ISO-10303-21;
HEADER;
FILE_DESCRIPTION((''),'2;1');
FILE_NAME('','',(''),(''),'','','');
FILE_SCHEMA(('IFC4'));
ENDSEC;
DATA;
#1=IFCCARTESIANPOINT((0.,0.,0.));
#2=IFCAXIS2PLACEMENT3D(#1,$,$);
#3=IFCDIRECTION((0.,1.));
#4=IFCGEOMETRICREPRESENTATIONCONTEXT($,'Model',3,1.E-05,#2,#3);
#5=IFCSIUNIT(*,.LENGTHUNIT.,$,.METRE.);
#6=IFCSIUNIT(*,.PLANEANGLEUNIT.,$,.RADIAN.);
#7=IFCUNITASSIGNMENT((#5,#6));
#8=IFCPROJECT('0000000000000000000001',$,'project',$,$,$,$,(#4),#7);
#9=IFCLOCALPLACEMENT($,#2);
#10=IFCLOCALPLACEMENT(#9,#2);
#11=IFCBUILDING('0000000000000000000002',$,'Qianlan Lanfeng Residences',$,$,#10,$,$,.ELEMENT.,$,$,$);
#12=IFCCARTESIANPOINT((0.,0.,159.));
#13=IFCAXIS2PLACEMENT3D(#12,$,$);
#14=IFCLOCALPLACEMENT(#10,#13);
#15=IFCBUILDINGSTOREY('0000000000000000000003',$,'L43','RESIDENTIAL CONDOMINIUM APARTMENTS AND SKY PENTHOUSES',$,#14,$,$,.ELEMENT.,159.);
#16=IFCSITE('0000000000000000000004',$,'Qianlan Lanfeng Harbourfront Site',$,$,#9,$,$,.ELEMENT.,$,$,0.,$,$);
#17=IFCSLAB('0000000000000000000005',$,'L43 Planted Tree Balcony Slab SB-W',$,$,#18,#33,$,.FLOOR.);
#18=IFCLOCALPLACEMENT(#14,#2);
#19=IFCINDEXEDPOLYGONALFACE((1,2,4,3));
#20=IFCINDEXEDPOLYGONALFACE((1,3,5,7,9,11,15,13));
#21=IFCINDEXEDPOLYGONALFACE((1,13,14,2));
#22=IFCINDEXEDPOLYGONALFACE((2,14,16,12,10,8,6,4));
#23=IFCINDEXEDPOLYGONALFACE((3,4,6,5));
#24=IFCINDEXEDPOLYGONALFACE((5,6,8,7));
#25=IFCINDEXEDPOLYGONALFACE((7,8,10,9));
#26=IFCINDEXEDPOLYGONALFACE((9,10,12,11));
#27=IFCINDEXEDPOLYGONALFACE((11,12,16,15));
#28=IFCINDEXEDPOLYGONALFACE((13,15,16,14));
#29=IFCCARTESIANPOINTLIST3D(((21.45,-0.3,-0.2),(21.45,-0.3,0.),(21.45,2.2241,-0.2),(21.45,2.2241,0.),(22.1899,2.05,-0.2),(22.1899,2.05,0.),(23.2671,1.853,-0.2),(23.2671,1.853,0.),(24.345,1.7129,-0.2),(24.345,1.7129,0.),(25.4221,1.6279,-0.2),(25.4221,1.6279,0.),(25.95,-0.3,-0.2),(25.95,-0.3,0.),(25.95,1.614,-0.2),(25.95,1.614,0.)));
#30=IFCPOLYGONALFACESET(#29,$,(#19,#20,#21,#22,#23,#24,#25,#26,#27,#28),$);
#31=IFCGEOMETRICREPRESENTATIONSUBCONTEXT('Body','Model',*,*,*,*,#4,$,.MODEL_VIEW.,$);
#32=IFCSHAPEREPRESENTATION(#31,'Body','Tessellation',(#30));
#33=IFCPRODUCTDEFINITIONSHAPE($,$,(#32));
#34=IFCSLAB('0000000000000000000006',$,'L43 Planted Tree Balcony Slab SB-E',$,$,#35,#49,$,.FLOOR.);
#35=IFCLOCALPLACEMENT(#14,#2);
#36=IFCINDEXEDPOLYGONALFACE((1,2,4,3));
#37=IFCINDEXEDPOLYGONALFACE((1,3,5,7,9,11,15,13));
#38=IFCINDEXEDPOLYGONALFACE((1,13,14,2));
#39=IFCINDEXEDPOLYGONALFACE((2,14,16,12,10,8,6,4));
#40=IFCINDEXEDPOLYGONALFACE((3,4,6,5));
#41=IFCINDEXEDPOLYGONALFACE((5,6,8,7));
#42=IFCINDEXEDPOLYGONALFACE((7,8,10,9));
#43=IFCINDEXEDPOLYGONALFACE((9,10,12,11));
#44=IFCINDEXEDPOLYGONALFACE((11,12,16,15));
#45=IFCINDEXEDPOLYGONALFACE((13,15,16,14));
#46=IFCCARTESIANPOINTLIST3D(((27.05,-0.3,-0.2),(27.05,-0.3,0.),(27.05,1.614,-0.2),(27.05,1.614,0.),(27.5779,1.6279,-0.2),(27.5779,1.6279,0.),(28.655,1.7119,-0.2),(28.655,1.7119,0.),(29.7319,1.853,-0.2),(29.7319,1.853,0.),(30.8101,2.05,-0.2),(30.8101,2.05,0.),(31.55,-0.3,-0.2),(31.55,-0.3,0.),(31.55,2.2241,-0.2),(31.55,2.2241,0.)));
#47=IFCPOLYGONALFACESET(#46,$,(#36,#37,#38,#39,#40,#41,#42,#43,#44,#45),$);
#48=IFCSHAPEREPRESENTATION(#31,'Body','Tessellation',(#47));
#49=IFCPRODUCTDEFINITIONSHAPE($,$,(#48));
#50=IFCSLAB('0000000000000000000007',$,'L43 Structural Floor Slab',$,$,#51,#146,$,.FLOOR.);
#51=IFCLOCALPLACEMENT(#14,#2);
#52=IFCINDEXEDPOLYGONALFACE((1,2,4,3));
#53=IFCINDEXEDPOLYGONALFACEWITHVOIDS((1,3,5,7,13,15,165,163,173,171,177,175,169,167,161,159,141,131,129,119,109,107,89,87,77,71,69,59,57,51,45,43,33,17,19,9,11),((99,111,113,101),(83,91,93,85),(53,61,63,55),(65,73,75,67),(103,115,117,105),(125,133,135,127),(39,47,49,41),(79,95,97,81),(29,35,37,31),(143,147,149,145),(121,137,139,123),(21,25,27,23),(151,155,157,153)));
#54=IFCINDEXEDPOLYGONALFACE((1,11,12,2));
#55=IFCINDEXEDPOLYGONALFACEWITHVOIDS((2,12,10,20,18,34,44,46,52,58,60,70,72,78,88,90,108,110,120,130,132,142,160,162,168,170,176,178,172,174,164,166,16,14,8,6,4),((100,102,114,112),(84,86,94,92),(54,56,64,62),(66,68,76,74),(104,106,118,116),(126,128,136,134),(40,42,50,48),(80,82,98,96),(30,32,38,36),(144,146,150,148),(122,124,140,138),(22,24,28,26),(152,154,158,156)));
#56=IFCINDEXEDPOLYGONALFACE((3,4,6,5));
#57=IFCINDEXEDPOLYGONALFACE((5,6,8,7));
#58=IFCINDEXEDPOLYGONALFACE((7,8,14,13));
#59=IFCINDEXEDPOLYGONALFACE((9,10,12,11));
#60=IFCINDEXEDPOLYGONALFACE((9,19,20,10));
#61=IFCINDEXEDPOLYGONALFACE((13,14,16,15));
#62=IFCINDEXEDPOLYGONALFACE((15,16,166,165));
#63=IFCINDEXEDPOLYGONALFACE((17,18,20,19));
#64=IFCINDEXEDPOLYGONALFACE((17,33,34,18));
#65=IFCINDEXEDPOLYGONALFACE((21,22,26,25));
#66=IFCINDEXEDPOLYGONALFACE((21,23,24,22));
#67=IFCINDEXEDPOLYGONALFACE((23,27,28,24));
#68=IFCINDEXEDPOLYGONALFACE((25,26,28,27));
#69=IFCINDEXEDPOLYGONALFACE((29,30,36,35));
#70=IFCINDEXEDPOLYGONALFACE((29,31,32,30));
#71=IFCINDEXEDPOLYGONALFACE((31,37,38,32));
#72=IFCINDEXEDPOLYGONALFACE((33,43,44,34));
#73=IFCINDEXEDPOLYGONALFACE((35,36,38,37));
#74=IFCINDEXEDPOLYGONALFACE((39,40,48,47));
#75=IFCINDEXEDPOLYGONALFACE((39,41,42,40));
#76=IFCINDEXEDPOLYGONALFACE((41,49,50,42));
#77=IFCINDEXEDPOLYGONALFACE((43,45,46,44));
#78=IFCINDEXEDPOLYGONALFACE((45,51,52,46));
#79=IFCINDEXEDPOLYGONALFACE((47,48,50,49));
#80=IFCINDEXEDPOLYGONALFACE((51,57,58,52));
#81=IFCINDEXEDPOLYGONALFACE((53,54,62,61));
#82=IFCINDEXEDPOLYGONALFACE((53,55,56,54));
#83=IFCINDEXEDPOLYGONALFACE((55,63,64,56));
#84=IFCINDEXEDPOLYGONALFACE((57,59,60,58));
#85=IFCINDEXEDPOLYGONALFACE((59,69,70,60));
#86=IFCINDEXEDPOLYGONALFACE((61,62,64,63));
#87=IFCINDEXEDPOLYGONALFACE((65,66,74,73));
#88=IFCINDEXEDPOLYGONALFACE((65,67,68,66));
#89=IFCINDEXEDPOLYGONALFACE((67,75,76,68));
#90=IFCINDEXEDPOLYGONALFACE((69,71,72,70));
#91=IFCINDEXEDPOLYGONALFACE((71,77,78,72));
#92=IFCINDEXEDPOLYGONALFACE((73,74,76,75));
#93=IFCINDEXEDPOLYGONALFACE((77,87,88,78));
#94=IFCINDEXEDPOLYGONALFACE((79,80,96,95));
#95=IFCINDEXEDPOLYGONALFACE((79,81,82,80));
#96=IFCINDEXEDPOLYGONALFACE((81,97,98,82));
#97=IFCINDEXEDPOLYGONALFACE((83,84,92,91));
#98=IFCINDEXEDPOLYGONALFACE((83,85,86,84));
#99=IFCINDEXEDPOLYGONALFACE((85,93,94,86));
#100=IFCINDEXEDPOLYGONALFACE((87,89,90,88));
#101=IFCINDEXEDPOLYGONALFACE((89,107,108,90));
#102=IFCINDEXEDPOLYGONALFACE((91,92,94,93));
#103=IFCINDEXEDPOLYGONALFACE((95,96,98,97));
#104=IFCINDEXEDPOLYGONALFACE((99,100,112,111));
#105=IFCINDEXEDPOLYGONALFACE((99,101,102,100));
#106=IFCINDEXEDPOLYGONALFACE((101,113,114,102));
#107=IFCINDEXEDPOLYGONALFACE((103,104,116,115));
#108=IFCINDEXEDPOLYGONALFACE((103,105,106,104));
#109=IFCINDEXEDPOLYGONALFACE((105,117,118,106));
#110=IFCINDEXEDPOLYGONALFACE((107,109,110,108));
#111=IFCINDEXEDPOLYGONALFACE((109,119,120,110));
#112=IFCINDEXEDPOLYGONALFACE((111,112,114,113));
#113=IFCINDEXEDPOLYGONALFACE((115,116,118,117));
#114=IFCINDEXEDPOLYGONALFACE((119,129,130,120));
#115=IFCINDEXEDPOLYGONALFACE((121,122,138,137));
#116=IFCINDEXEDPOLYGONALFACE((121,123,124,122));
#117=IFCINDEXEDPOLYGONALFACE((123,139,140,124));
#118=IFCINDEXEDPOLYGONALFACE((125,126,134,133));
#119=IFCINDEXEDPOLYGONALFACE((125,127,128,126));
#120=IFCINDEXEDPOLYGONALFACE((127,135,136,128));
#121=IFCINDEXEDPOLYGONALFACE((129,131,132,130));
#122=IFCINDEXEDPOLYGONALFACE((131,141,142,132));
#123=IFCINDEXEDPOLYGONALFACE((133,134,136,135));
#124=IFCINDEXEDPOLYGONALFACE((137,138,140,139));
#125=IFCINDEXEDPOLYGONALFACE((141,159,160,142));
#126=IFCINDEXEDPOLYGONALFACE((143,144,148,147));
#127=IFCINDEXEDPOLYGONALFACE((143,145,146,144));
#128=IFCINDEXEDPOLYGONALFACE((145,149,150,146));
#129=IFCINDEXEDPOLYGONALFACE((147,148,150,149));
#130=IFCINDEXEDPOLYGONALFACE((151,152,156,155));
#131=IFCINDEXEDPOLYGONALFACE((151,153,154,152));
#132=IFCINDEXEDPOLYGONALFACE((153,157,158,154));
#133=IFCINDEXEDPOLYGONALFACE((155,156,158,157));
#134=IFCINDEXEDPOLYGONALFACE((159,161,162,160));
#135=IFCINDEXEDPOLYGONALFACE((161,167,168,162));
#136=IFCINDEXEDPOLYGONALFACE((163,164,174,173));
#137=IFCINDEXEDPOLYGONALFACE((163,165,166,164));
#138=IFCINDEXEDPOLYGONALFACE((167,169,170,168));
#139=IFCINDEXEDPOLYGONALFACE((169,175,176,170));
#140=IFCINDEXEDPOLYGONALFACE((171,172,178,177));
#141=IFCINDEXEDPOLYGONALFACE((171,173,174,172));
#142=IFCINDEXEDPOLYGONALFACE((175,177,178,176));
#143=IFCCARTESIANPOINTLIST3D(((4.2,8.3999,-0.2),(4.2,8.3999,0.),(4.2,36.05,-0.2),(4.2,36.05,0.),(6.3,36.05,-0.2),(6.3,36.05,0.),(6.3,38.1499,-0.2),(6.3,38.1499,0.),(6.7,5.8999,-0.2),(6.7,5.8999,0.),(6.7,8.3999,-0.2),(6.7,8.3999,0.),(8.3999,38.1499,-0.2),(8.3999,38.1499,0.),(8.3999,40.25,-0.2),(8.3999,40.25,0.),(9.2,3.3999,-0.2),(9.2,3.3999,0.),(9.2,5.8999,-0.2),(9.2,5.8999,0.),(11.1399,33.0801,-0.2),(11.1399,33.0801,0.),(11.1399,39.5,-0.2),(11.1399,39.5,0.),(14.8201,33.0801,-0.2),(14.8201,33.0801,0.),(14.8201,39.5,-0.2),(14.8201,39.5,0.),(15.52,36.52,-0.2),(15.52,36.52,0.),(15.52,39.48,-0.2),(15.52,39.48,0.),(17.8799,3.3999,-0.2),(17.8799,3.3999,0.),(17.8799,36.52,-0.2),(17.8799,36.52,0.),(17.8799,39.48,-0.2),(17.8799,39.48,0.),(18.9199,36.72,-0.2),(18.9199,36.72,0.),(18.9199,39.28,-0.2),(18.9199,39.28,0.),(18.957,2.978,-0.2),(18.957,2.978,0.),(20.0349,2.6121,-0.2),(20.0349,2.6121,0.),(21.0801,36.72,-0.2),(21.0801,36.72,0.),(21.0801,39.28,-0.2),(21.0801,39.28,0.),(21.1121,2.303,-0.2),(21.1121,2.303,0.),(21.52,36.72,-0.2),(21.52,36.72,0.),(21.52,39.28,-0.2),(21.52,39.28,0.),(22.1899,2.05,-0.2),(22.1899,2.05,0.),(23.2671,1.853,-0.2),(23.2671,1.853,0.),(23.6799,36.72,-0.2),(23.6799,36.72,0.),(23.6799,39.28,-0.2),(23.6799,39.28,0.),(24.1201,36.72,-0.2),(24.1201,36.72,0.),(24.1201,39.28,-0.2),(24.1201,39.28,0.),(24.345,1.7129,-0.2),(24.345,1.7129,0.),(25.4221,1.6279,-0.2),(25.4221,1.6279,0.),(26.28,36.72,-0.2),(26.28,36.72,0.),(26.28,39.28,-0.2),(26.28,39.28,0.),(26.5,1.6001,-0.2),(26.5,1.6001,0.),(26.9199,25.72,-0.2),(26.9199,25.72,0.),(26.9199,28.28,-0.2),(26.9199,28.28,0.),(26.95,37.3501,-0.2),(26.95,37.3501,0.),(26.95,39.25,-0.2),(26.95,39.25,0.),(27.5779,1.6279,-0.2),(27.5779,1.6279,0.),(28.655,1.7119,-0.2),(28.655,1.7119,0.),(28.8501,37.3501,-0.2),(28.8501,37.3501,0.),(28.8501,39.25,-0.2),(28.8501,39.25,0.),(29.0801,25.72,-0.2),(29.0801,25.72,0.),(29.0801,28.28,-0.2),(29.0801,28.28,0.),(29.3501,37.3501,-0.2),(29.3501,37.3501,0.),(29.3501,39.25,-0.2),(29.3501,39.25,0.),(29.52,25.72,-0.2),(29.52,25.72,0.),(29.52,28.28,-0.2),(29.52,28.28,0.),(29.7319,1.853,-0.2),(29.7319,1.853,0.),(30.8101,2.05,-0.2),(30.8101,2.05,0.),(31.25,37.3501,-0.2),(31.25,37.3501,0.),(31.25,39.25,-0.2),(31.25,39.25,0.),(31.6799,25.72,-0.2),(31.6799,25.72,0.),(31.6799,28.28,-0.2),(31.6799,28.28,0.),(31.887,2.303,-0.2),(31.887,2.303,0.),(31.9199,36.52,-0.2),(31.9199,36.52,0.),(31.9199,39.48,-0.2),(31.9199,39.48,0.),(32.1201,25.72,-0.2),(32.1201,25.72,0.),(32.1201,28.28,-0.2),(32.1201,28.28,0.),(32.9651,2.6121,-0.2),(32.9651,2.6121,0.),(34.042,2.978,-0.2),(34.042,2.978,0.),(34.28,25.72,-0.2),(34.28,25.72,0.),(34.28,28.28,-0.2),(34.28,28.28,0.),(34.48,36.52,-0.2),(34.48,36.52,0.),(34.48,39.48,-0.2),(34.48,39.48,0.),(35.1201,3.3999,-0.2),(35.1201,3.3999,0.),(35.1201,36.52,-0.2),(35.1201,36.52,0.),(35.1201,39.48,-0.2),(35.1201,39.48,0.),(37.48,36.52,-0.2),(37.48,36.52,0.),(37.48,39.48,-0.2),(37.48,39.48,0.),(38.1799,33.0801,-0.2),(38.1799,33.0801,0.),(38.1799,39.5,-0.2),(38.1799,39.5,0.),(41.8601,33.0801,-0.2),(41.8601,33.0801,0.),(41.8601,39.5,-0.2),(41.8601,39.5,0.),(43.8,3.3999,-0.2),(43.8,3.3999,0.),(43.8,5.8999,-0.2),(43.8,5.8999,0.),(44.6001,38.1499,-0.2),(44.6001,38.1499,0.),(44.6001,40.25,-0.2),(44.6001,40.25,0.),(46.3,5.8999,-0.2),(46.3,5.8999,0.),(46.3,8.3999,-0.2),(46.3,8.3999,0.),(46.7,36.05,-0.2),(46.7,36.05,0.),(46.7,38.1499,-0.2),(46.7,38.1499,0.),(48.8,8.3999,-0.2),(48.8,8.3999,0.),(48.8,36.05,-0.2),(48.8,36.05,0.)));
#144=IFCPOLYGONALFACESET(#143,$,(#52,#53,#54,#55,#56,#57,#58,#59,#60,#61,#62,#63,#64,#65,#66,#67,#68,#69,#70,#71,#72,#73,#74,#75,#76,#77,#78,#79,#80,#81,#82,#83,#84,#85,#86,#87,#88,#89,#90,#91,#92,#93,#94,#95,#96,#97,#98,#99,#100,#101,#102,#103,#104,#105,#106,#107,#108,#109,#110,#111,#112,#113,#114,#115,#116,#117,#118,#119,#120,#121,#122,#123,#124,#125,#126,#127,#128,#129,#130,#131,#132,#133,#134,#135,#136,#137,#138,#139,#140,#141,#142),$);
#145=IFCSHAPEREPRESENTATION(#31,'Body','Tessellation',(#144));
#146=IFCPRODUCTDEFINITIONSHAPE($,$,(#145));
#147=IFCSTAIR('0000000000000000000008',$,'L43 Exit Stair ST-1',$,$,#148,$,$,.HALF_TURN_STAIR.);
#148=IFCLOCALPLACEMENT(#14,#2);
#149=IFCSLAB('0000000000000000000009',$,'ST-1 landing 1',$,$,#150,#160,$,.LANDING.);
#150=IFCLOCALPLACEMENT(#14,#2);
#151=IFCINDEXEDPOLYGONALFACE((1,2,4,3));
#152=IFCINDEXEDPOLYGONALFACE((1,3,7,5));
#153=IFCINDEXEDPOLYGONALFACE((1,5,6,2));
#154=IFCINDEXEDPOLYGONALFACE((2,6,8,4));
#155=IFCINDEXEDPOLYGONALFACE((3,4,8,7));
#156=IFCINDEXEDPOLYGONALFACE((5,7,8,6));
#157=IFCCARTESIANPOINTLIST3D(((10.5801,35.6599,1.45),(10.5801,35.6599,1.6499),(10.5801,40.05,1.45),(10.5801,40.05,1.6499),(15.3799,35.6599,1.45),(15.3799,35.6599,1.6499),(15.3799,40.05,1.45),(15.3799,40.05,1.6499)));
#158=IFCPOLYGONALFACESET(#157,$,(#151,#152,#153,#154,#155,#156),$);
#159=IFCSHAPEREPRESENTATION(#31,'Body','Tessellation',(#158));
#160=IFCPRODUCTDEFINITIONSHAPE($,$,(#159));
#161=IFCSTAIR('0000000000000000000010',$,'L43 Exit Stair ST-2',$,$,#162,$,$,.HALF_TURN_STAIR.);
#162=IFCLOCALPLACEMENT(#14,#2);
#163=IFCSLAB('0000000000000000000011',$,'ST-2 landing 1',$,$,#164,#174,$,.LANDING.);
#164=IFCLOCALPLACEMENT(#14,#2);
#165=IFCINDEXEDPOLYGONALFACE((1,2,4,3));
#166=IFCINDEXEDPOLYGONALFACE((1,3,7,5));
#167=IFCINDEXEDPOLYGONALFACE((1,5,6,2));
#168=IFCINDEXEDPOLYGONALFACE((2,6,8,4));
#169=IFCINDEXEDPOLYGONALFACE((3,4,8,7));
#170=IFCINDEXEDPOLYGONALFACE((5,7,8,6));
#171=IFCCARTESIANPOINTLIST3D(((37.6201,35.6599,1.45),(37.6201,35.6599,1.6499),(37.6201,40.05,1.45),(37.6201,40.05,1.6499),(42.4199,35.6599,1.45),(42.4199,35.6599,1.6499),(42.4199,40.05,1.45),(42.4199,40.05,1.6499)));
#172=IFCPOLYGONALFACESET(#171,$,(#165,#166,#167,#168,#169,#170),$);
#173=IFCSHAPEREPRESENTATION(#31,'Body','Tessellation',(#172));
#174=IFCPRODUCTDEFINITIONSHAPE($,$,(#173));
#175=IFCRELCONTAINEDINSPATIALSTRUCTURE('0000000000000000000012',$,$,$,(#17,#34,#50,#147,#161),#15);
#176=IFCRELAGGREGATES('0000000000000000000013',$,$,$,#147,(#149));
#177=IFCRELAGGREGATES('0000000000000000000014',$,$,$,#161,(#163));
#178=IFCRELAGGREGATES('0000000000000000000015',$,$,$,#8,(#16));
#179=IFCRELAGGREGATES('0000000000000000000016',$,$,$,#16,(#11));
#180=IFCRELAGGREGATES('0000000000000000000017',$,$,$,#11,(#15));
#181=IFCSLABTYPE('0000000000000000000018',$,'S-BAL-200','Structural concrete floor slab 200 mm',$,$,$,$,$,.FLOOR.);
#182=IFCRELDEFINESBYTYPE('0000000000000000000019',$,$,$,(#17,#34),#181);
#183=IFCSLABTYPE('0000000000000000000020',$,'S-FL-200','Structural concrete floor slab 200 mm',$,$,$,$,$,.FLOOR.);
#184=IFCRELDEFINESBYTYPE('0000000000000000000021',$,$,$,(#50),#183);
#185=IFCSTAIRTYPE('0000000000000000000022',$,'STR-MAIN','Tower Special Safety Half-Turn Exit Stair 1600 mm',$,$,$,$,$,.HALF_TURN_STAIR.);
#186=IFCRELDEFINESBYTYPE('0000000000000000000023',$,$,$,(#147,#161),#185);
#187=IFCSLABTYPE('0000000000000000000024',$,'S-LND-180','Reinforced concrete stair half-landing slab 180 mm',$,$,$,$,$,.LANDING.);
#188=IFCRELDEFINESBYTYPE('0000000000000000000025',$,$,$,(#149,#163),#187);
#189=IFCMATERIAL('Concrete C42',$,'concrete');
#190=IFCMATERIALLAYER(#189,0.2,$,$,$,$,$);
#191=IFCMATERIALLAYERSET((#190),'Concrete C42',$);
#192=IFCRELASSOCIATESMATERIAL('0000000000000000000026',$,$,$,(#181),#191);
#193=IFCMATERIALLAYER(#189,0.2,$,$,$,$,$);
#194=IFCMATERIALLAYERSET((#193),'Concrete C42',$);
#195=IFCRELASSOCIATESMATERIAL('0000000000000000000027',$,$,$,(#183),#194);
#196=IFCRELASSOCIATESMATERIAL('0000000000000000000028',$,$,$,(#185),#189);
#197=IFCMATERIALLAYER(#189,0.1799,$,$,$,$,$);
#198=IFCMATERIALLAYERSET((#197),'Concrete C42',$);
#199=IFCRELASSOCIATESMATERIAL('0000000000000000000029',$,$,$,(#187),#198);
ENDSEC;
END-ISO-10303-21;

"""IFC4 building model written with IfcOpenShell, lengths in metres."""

from ifc_helpers import new_model, si_unit, direction, frame, origin, place, context, subcontext, project, spatial, polyline, outline, extrude, material, layer, layer_set, type_object, element, aggregate, save


model = new_model("IFC4")

# Units and contexts
model_context = context("Model", 3, precision=1e-05, world=origin(), true_north=direction((0.0, 1.0)))
body_context = subcontext(model_context, "Body", "Model", "MODEL_VIEW")
ifc_project = project(units=[si_unit("LENGTHUNIT", "METRE"), si_unit("PLANEANGLEUNIT", "RADIAN")], contexts=[model_context])

# Site, building, storey
site_placement = place(None, origin())
site = spatial("IfcSite", under=ifc_project, at=site_placement, Name="Qianlan Lanfeng Harbourfront Site", CompositionType="ELEMENT", RefElevation=0.0)
building_placement = place(site_placement, origin())
building = spatial("IfcBuilding", under=site, at=building_placement, Name="Qianlan Lanfeng Residences", CompositionType="ELEMENT")
storey_placement = place(building_placement, frame((0.0, 0.0, 159.0)))
storey = spatial("IfcBuildingStorey", under=building, at=storey_placement, Name="L43", Description="RESIDENTIAL CONDOMINIUM APARTMENTS AND SKY PENTHOUSES", CompositionType="ELEMENT", Elevation=159.0)

# Slabs
ifc_material_1 = material(Name="Concrete C42", Category="concrete")
ifc_layer_1 = layer(ifc_material_1, 0.2)
ifc_layer_set_1 = layer_set([ifc_layer_1], Name="Concrete C42")
slab_type_1 = type_object("IfcSlabType", Name="S-BAL-200", Description="Structural concrete floor slab 200 mm", PredefinedType="FLOOR", material=ifc_layer_set_1)
slab_1_placement = place(storey_placement, frame((0.0, 0.0, -0.2)))
element("IfcSlab", 1, at=slab_1_placement, inside=storey, type_object=slab_type_1, Name="L43 Planted Tree Balcony Slab SB-W", PredefinedType="FLOOR", context=body_context, shape_type="SweptSolid", body=[
    extrude(outline(polyline([(25.95, 1.614), (25.4221, 1.6279), (24.345, 1.7129), (23.2671, 1.853), (22.1899, 2.05), (21.45, 2.2241), (21.45, -0.3), (25.95, -0.3), (25.95, 1.614)])), origin(), (0.0, 0.0, 1.0), 0.2),
])
slab_2_placement = place(storey_placement, frame((0.0, 0.0, -0.2)))
element("IfcSlab", 2, at=slab_2_placement, inside=storey, type_object=slab_type_1, Name="L43 Planted Tree Balcony Slab SB-E", PredefinedType="FLOOR", context=body_context, shape_type="SweptSolid", body=[
    extrude(outline(polyline([(31.55, 2.2241), (30.8101, 2.05), (29.7319, 1.853), (28.655, 1.7119), (27.5779, 1.6279), (27.05, 1.614), (27.05, -0.3), (31.55, -0.3), (31.55, 2.2241)])), origin(), (0.0, 0.0, 1.0), 0.2),
])
ifc_layer_2 = layer(ifc_material_1, 0.2)
ifc_layer_set_2 = layer_set([ifc_layer_2], Name="Concrete C42")
slab_type_2 = type_object("IfcSlabType", Name="S-FL-200", Description="Structural concrete floor slab 200 mm", PredefinedType="FLOOR", material=ifc_layer_set_2)
slab_3_placement = place(storey_placement, frame((0.0, 0.0, -0.2)))
element("IfcSlab", 3, at=slab_3_placement, inside=storey, type_object=slab_type_2, Name="L43 Structural Floor Slab", PredefinedType="FLOOR", context=body_context, shape_type="SweptSolid", body=[
    extrude(outline(polyline([(4.2, 8.3999), (6.7, 8.3999), (6.7, 5.8999), (9.2, 5.8999), (9.2, 3.3999), (17.8799, 3.3999), (18.957, 2.978), (20.0349, 2.6121), (21.1121, 2.303), (22.1899, 2.05), (23.2671, 1.853), (24.345, 1.7129), (25.4221, 1.6279), (26.5, 1.6001), (27.5779, 1.6279), (28.655, 1.7119), (29.7319, 1.853), (30.8101, 2.05), (31.887, 2.303), (32.9651, 2.6121), (34.042, 2.978), (35.1201, 3.3999), (43.8, 3.3999), (43.8, 5.8999), (46.3, 5.8999), (46.3, 8.3999), (48.8, 8.3999), (48.8, 36.05), (46.7, 36.05), (46.7, 38.1499), (44.6001, 38.1499), (44.6001, 40.25), (8.3999, 40.25), (8.3999, 38.1499), (6.3, 38.1499), (6.3, 36.05), (4.2, 36.05), (4.2, 8.3999)]), holes=[polyline([(11.1399, 33.0801), (11.1399, 39.5), (14.8201, 39.5), (14.8201, 33.0801), (11.1399, 33.0801)]), polyline([(38.1799, 33.0801), (38.1799, 39.5), (41.8601, 39.5), (41.8601, 33.0801), (38.1799, 33.0801)]), polyline([(15.52, 36.52), (15.52, 39.48), (17.8799, 39.48), (17.8799, 36.52), (15.52, 36.52)]), polyline([(35.1201, 36.52), (35.1201, 39.48), (37.48, 39.48), (37.48, 36.52), (35.1201, 36.52)]), polyline([(31.9199, 36.52), (31.9199, 39.48), (34.48, 39.48), (34.48, 36.52), (31.9199, 36.52)]), polyline([(26.9199, 25.72), (26.9199, 28.28), (29.0801, 28.28), (29.0801, 25.72), (26.9199, 25.72)]), polyline([(29.52, 25.72), (29.52, 28.28), (31.6799, 28.28), (31.6799, 25.72), (29.52, 25.72)]), polyline([(32.1201, 25.72), (32.1201, 28.28), (34.28, 28.28), (34.28, 25.72), (32.1201, 25.72)]), polyline([(18.9199, 36.72), (18.9199, 39.28), (21.0801, 39.28), (21.0801, 36.72), (18.9199, 36.72)]), polyline([(21.52, 36.72), (21.52, 39.28), (23.6799, 39.28), (23.6799, 36.72), (21.52, 36.72)]), polyline([(24.1201, 36.72), (24.1201, 39.28), (26.28, 39.28), (26.28, 36.72), (24.1201, 36.72)]), polyline([(26.95, 37.3501), (26.95, 39.25), (28.8501, 39.25), (28.8501, 37.3501), (26.95, 37.3501)]), polyline([(29.3501, 37.3501), (29.3501, 39.25), (31.25, 39.25), (31.25, 37.3501), (29.3501, 37.3501)])]), origin(), (0.0, 0.0, 1.0), 0.2),
])

# Stairs, slabs
stair_type = type_object("IfcStairType", Name="STR-MAIN", Description="Tower Special Safety Half-Turn Exit Stair 1600 mm", PredefinedType="HALF_TURN_STAIR", material=ifc_material_1)
stair_1_placement = place(storey_placement, origin())
stair_1 = element("IfcStair", 4, at=stair_1_placement, inside=storey, type_object=stair_type, Name="L43 Exit Stair ST-1", PredefinedType="HALF_TURN_STAIR")
ifc_layer_3 = layer(ifc_material_1, 0.1799)
ifc_layer_set_3 = layer_set([ifc_layer_3], Name="Concrete C42")
slab_type_3 = type_object("IfcSlabType", Name="S-LND-180", Description="Reinforced concrete stair half-landing slab 180 mm", PredefinedType="LANDING", material=ifc_layer_set_3)
slab_4_placement = place(storey_placement, frame((0.0, 0.0, 1.45)))
slab_4 = element("IfcSlab", 5, at=slab_4_placement, type_object=slab_type_3, Name="ST-1 landing 1", PredefinedType="LANDING", context=body_context, shape_type="SweptSolid", body=[
    extrude(outline(polyline([(10.5801, 35.6599), (15.3799, 35.6599), (15.3799, 40.05), (10.5801, 40.05), (10.5801, 35.6599)])), origin(), (0.0, 0.0, 1.0), 0.2),
])
aggregate(stair_1, [slab_4])
stair_2_placement = place(storey_placement, origin())
stair_2 = element("IfcStair", 6, at=stair_2_placement, inside=storey, type_object=stair_type, Name="L43 Exit Stair ST-2", PredefinedType="HALF_TURN_STAIR")
slab_5_placement = place(storey_placement, frame((0.0, 0.0, 1.45)))
slab_5 = element("IfcSlab", 7, at=slab_5_placement, type_object=slab_type_3, Name="ST-2 landing 1", PredefinedType="LANDING", context=body_context, shape_type="SweptSolid", body=[
    extrude(outline(polyline([(37.6201, 35.6599), (42.4199, 35.6599), (42.4199, 40.05), (37.6201, 40.05), (37.6201, 35.6599)])), origin(), (0.0, 0.0, 1.0), 0.2),
])
aggregate(stair_2, [slab_5])

save(model, "model.ifc")
